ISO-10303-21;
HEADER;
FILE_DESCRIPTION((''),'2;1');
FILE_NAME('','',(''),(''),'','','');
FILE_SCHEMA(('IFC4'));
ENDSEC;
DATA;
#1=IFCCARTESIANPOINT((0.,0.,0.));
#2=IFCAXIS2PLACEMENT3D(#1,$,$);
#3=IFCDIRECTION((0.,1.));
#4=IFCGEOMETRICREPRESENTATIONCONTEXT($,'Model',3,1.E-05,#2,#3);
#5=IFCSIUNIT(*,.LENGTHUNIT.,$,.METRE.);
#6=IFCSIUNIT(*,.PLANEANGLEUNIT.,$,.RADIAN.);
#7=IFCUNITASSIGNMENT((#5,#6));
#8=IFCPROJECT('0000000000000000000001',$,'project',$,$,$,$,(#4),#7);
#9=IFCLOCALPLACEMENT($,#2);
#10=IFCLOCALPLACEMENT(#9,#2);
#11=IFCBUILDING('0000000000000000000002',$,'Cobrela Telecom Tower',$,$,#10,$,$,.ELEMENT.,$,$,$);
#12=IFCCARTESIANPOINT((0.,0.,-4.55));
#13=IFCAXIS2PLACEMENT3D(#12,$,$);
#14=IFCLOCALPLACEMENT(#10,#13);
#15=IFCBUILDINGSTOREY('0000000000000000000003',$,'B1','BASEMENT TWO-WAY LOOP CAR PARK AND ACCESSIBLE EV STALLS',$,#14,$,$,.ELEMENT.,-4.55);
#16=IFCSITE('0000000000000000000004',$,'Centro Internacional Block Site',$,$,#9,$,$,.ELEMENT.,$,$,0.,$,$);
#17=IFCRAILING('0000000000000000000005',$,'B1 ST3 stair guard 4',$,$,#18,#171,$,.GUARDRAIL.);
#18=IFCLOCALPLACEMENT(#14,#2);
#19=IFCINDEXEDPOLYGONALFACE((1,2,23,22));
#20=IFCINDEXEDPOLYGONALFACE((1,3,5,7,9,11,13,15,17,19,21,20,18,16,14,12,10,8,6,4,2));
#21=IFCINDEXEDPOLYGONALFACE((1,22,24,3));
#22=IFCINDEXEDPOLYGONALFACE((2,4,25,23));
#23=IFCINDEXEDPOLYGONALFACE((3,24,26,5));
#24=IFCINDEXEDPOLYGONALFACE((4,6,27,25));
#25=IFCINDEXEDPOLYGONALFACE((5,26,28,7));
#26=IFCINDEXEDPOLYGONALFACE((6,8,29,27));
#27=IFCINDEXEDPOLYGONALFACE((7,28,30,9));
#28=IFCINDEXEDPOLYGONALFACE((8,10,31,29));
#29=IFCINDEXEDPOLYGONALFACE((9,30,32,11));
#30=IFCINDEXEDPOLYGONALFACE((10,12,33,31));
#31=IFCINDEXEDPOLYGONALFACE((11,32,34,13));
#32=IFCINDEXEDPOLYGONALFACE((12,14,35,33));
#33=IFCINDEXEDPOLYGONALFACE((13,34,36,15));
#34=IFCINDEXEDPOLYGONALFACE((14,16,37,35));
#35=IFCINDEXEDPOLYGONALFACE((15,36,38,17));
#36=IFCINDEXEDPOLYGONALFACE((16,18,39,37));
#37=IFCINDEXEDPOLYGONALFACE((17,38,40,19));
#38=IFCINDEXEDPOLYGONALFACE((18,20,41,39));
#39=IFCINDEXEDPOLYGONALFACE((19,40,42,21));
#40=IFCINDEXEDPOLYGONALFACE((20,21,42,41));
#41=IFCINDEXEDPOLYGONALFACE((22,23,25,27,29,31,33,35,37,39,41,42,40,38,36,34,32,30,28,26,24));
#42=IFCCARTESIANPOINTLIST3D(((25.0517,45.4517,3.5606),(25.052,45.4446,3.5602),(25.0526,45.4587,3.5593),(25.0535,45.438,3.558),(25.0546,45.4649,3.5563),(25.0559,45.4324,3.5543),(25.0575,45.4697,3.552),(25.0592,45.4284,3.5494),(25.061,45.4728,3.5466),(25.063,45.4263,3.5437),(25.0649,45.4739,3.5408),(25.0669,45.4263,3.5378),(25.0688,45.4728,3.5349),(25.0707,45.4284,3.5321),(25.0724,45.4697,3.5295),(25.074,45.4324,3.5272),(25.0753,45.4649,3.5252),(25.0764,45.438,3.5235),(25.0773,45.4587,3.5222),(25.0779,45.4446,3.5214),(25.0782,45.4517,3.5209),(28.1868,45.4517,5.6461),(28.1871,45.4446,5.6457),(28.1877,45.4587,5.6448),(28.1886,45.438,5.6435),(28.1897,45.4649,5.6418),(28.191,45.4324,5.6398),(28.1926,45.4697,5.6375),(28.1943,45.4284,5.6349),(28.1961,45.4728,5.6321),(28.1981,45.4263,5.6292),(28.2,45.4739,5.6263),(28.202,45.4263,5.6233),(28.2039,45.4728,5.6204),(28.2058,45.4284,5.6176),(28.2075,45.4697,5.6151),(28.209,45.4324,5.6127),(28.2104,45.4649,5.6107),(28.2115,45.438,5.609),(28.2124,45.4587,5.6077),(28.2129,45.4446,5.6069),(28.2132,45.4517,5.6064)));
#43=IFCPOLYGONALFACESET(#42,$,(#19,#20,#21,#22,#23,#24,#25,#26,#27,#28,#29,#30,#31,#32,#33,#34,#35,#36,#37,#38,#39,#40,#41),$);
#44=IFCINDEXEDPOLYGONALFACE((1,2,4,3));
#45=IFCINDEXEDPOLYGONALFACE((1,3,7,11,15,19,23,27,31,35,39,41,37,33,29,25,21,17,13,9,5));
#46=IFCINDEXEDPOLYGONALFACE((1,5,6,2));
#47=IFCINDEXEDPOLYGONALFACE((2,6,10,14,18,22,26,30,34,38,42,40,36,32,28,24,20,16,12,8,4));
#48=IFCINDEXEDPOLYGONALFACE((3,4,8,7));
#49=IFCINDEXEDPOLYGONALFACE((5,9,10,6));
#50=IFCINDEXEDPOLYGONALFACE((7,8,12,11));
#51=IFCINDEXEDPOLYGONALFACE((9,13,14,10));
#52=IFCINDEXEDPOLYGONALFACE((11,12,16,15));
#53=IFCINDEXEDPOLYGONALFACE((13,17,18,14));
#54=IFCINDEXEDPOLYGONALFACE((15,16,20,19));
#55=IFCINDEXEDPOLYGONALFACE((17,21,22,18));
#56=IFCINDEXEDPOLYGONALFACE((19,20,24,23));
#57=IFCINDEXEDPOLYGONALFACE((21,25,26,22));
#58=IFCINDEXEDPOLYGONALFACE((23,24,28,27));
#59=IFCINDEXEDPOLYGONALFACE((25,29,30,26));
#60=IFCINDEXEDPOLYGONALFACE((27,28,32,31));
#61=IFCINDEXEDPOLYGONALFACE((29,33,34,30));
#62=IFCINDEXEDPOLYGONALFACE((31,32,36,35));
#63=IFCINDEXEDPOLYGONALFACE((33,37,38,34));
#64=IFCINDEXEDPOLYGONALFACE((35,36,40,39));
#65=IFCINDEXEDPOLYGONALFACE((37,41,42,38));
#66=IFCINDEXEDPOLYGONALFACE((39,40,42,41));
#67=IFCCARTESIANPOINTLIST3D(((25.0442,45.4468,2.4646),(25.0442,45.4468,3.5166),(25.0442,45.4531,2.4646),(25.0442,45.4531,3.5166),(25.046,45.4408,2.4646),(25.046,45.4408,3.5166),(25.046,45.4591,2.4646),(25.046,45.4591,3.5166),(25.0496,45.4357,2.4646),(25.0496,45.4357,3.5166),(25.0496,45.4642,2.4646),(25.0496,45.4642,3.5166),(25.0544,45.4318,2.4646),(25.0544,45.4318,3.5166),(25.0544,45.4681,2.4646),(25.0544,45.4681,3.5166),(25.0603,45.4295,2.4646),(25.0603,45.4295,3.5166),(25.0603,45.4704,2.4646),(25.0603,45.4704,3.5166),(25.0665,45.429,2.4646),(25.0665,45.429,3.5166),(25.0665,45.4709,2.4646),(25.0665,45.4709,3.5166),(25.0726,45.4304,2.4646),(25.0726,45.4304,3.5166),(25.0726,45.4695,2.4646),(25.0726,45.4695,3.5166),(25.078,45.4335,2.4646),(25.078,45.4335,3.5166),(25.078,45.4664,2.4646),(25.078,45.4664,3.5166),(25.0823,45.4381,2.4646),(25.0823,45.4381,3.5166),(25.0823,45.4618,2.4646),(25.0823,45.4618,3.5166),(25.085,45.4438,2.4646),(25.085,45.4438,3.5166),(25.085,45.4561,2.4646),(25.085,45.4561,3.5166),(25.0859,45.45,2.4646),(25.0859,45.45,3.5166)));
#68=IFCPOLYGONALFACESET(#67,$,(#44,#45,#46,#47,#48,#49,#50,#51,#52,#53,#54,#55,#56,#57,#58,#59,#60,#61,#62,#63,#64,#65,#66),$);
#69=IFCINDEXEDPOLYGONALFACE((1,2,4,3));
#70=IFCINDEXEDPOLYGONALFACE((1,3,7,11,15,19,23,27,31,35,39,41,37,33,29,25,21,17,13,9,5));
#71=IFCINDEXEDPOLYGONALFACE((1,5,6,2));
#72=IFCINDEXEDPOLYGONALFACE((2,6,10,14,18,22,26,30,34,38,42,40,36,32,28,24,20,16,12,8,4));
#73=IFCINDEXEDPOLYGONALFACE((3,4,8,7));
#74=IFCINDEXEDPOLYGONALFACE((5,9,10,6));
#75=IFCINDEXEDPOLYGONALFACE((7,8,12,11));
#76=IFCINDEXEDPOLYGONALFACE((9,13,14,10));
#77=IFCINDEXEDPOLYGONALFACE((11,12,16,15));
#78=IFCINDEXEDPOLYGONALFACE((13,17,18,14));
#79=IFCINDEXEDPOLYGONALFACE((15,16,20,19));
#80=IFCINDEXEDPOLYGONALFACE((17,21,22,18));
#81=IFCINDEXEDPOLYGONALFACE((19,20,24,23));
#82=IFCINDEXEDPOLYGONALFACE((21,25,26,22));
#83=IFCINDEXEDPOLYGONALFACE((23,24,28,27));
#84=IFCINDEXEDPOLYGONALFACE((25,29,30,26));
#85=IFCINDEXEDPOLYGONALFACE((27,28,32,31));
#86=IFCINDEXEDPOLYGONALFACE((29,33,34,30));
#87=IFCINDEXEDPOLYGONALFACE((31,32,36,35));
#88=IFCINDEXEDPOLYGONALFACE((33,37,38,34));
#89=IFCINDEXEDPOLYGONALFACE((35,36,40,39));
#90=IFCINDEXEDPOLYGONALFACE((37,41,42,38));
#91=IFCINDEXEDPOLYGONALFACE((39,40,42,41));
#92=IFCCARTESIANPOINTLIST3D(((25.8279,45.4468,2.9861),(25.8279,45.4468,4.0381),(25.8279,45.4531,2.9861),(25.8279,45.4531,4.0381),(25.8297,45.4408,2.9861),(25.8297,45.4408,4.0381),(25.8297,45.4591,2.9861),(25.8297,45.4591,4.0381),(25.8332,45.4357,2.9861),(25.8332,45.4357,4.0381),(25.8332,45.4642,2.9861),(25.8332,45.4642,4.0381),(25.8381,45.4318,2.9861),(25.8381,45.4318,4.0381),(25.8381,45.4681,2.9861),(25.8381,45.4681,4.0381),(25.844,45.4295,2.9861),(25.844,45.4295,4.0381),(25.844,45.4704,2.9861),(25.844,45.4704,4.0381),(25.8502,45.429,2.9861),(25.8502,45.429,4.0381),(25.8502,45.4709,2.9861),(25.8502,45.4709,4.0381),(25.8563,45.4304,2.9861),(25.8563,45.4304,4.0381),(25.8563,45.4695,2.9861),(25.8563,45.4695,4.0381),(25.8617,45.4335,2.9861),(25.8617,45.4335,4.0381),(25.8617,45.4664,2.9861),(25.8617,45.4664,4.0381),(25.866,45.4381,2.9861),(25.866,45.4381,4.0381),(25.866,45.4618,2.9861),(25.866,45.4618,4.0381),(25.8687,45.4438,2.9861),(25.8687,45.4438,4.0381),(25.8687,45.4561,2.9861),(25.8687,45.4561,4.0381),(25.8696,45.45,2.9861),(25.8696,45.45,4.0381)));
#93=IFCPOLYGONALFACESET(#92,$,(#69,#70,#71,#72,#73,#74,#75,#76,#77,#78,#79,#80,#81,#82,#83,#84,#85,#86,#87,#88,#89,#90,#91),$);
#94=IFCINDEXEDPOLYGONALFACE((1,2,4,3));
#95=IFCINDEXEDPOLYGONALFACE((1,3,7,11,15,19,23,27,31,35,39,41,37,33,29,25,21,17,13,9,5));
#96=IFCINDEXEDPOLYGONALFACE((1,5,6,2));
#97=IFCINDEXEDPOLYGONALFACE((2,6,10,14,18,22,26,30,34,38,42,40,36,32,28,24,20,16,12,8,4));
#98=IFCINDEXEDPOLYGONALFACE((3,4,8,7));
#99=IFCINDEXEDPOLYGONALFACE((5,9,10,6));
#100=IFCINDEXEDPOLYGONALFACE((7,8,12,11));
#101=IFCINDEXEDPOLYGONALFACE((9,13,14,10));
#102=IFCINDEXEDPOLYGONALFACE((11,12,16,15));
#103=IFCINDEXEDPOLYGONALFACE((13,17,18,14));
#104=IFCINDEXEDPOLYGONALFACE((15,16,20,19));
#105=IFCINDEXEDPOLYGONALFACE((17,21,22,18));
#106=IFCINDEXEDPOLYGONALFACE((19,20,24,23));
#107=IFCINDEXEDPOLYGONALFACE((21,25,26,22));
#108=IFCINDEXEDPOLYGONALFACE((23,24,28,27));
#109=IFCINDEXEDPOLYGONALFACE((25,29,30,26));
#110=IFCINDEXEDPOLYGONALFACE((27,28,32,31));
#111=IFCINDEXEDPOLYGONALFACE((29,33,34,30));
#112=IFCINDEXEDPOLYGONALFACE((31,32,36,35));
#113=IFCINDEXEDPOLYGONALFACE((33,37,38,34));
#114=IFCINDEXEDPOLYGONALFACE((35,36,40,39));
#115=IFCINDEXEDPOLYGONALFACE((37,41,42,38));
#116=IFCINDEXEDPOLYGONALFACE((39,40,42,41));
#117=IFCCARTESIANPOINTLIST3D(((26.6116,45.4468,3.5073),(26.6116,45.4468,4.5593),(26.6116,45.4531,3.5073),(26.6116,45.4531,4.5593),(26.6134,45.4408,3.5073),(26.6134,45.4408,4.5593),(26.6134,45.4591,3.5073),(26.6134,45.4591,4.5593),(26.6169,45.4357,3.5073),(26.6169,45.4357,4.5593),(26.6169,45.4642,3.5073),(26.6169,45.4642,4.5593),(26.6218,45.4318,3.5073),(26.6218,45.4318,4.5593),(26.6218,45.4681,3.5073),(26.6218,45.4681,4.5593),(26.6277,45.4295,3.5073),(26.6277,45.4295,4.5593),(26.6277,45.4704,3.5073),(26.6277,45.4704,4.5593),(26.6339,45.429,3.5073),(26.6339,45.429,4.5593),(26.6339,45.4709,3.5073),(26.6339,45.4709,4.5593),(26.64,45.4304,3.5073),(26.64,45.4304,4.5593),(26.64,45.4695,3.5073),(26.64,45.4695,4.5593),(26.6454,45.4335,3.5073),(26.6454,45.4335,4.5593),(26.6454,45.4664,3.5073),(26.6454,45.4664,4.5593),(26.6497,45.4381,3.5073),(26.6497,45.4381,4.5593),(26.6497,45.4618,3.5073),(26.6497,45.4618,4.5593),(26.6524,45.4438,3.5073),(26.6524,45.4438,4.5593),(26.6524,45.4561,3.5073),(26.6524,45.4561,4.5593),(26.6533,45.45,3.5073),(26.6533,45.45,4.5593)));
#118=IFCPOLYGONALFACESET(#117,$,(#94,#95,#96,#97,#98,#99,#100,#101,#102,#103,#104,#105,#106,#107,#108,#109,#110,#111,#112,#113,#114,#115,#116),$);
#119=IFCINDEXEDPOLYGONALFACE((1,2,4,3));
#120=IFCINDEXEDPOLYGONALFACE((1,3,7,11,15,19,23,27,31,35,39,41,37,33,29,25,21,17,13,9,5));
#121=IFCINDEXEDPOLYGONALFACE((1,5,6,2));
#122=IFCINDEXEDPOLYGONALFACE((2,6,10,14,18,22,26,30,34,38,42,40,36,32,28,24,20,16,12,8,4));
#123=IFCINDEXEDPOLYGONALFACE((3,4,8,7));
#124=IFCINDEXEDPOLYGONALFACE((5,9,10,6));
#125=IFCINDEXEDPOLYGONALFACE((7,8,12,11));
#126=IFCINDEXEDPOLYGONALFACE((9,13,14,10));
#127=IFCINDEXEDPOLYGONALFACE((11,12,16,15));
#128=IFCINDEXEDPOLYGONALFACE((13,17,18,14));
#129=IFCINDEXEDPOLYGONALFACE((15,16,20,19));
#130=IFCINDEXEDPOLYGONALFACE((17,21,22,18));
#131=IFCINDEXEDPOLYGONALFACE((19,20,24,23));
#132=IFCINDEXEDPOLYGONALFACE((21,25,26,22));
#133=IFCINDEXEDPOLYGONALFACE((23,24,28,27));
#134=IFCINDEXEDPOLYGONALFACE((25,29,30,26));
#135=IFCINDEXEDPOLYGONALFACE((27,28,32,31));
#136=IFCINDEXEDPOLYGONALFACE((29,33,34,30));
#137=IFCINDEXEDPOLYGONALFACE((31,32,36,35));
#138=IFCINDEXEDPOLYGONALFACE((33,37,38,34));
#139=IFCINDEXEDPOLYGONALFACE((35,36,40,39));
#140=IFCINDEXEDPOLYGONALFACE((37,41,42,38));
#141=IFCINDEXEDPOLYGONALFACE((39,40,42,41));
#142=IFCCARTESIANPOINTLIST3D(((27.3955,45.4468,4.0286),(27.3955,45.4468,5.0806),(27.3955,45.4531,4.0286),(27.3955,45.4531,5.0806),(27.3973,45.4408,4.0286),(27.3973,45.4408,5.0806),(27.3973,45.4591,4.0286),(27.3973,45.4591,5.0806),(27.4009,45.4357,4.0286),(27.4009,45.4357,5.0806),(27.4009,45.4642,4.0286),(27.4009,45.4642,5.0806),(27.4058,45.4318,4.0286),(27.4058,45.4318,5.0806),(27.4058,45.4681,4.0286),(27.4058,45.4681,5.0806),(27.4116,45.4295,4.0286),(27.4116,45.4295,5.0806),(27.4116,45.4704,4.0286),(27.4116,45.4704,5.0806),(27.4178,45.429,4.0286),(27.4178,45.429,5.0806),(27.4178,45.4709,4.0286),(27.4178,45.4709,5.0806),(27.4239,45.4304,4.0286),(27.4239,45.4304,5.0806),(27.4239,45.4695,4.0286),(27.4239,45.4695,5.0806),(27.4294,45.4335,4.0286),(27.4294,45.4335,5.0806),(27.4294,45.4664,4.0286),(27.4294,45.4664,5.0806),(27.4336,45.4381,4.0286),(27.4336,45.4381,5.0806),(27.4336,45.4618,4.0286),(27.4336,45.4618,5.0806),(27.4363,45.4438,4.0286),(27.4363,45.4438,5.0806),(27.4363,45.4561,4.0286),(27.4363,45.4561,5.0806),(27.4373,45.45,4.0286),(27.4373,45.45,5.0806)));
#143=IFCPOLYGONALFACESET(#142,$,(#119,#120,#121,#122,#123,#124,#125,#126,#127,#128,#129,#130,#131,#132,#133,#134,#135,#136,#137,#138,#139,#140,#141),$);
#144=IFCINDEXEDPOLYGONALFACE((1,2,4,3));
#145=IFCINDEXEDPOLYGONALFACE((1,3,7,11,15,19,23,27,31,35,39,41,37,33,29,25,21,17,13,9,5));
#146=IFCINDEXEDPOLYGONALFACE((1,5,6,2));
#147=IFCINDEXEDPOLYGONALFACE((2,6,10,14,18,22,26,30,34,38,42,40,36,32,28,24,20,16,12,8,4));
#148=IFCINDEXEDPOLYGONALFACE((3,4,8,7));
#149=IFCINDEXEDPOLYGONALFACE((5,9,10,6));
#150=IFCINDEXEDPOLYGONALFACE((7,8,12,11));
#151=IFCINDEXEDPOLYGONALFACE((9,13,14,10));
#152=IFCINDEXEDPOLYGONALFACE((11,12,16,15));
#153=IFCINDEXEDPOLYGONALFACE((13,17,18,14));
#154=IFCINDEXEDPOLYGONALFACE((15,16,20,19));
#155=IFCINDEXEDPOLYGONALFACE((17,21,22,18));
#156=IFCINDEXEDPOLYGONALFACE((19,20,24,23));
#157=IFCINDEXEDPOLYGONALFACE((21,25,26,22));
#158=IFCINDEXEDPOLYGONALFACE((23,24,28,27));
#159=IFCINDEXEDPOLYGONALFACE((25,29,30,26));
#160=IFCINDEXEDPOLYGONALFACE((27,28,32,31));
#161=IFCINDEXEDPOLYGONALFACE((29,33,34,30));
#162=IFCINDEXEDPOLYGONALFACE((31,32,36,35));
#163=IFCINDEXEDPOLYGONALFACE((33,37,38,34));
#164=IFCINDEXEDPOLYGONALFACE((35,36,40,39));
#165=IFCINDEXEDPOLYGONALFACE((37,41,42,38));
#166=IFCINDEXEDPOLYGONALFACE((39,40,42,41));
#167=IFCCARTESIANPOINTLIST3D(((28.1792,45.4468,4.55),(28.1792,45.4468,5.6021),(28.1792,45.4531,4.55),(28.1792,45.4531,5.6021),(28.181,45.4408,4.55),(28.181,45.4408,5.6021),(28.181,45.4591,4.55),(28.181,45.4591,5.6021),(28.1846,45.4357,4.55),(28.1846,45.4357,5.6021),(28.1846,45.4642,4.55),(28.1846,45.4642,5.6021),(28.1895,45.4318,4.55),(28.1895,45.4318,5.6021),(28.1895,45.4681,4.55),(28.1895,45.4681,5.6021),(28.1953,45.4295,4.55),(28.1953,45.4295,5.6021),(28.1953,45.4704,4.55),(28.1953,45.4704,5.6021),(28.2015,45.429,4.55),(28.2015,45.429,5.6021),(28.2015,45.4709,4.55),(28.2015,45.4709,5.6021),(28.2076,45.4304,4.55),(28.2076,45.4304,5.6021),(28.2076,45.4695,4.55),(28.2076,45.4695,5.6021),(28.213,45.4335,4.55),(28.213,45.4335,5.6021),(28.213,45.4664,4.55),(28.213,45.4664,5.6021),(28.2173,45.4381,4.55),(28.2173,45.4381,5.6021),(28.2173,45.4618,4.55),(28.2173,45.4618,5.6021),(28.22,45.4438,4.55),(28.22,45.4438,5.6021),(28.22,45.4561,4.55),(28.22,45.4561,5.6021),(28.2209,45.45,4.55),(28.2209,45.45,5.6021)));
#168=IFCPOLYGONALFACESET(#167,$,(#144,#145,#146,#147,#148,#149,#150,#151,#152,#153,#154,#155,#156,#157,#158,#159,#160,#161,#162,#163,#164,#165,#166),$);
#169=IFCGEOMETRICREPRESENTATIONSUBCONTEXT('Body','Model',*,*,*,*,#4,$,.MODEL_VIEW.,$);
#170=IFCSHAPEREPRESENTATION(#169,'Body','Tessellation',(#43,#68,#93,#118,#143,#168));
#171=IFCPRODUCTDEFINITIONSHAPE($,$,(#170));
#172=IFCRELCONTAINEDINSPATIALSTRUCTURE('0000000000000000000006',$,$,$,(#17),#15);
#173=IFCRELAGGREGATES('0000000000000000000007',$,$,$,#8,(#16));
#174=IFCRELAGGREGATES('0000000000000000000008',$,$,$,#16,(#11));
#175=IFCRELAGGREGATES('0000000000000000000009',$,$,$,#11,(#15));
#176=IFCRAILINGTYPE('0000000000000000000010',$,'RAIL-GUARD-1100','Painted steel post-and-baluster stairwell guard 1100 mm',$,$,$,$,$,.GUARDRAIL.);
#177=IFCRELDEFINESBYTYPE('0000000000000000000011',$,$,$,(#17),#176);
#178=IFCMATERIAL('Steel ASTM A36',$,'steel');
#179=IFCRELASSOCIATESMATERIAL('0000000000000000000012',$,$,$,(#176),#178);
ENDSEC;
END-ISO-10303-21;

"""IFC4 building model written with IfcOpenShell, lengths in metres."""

from ifc_helpers import new_model, si_unit, direction, frame, origin, origin_2d, place, context, subcontext, project, spatial, circle, extrude, material, type_object, element, save


model = new_model("IFC4")

# Units and contexts
model_context = context("Model", 3, precision=1e-05, world=origin(), true_north=direction((0.0, 1.0)))
body_context = subcontext(model_context, "Body", "Model", "MODEL_VIEW")
ifc_project = project(units=[si_unit("LENGTHUNIT", "METRE"), si_unit("PLANEANGLEUNIT", "RADIAN")], contexts=[model_context])

# Site, building, storey
site_placement = place(None, origin())
site = spatial("IfcSite", under=ifc_project, at=site_placement, Name="Centro Internacional Block Site", CompositionType="ELEMENT", RefElevation=0.0)
building_placement = place(site_placement, origin())
building = spatial("IfcBuilding", under=site, at=building_placement, Name="Cobrela Telecom Tower", CompositionType="ELEMENT")
storey_placement = place(building_placement, frame((0.0, 0.0, -4.55)))
storey = spatial("IfcBuildingStorey", under=building, at=storey_placement, Name="B1", Description="BASEMENT TWO-WAY LOOP CAR PARK AND ACCESSIBLE EV STALLS", CompositionType="ELEMENT", Elevation=-4.55)

# Shared definitions
ifc_material_1 = material(Name="Steel ASTM A36", Category="steel")

# Railing
railing_type_1 = type_object("IfcRailingType", Name="RAIL-GUARD-1100", Description="Painted steel post-and-baluster stairwell guard 1100 mm", PredefinedType="GUARDRAIL", material=ifc_material_1)
railing_1_placement = place(storey_placement, frame((25.0649, 45.45, 2.4646)))
element("IfcRailing", 1, at=railing_1_placement, inside=storey, type_object=railing_type_1, Name="B1 ST3 stair guard 4", PredefinedType="GUARDRAIL", context=body_context, shape_type="SweptSolid", body=[
    extrude(circle(Radius=0.0239, at=origin_2d()), frame((0.0, 0.0, 1.0762), z_axis=(0.832608, 0.0, 0.553862), x_axis=(0.0, 1.0, 0.0)), (0.0, 0.0, 1.0), 3.7654),
    extrude(circle(Radius=0.021, at=origin_2d()), origin(), (0.0, 0.0, 1.0), 1.052),
    extrude(circle(Radius=0.021, at=origin_2d()), frame((0.7837, 0.0, 0.5215)), (0.0, 0.0, 1.0), 1.052),
    extrude(circle(Radius=0.021, at=origin_2d()), frame((1.5674, 0.0, 1.0427)), (0.0, 0.0, 1.0), 1.052),
    extrude(circle(Radius=0.021, at=origin_2d()), frame((2.3513, 0.0, 1.564)), (0.0, 0.0, 1.0), 1.052),
    extrude(circle(Radius=0.021, at=origin_2d()), frame((3.135, 0.0, 2.0854)), (0.0, 0.0, 1.0), 1.052),
])

save(model, "model.ifc")
